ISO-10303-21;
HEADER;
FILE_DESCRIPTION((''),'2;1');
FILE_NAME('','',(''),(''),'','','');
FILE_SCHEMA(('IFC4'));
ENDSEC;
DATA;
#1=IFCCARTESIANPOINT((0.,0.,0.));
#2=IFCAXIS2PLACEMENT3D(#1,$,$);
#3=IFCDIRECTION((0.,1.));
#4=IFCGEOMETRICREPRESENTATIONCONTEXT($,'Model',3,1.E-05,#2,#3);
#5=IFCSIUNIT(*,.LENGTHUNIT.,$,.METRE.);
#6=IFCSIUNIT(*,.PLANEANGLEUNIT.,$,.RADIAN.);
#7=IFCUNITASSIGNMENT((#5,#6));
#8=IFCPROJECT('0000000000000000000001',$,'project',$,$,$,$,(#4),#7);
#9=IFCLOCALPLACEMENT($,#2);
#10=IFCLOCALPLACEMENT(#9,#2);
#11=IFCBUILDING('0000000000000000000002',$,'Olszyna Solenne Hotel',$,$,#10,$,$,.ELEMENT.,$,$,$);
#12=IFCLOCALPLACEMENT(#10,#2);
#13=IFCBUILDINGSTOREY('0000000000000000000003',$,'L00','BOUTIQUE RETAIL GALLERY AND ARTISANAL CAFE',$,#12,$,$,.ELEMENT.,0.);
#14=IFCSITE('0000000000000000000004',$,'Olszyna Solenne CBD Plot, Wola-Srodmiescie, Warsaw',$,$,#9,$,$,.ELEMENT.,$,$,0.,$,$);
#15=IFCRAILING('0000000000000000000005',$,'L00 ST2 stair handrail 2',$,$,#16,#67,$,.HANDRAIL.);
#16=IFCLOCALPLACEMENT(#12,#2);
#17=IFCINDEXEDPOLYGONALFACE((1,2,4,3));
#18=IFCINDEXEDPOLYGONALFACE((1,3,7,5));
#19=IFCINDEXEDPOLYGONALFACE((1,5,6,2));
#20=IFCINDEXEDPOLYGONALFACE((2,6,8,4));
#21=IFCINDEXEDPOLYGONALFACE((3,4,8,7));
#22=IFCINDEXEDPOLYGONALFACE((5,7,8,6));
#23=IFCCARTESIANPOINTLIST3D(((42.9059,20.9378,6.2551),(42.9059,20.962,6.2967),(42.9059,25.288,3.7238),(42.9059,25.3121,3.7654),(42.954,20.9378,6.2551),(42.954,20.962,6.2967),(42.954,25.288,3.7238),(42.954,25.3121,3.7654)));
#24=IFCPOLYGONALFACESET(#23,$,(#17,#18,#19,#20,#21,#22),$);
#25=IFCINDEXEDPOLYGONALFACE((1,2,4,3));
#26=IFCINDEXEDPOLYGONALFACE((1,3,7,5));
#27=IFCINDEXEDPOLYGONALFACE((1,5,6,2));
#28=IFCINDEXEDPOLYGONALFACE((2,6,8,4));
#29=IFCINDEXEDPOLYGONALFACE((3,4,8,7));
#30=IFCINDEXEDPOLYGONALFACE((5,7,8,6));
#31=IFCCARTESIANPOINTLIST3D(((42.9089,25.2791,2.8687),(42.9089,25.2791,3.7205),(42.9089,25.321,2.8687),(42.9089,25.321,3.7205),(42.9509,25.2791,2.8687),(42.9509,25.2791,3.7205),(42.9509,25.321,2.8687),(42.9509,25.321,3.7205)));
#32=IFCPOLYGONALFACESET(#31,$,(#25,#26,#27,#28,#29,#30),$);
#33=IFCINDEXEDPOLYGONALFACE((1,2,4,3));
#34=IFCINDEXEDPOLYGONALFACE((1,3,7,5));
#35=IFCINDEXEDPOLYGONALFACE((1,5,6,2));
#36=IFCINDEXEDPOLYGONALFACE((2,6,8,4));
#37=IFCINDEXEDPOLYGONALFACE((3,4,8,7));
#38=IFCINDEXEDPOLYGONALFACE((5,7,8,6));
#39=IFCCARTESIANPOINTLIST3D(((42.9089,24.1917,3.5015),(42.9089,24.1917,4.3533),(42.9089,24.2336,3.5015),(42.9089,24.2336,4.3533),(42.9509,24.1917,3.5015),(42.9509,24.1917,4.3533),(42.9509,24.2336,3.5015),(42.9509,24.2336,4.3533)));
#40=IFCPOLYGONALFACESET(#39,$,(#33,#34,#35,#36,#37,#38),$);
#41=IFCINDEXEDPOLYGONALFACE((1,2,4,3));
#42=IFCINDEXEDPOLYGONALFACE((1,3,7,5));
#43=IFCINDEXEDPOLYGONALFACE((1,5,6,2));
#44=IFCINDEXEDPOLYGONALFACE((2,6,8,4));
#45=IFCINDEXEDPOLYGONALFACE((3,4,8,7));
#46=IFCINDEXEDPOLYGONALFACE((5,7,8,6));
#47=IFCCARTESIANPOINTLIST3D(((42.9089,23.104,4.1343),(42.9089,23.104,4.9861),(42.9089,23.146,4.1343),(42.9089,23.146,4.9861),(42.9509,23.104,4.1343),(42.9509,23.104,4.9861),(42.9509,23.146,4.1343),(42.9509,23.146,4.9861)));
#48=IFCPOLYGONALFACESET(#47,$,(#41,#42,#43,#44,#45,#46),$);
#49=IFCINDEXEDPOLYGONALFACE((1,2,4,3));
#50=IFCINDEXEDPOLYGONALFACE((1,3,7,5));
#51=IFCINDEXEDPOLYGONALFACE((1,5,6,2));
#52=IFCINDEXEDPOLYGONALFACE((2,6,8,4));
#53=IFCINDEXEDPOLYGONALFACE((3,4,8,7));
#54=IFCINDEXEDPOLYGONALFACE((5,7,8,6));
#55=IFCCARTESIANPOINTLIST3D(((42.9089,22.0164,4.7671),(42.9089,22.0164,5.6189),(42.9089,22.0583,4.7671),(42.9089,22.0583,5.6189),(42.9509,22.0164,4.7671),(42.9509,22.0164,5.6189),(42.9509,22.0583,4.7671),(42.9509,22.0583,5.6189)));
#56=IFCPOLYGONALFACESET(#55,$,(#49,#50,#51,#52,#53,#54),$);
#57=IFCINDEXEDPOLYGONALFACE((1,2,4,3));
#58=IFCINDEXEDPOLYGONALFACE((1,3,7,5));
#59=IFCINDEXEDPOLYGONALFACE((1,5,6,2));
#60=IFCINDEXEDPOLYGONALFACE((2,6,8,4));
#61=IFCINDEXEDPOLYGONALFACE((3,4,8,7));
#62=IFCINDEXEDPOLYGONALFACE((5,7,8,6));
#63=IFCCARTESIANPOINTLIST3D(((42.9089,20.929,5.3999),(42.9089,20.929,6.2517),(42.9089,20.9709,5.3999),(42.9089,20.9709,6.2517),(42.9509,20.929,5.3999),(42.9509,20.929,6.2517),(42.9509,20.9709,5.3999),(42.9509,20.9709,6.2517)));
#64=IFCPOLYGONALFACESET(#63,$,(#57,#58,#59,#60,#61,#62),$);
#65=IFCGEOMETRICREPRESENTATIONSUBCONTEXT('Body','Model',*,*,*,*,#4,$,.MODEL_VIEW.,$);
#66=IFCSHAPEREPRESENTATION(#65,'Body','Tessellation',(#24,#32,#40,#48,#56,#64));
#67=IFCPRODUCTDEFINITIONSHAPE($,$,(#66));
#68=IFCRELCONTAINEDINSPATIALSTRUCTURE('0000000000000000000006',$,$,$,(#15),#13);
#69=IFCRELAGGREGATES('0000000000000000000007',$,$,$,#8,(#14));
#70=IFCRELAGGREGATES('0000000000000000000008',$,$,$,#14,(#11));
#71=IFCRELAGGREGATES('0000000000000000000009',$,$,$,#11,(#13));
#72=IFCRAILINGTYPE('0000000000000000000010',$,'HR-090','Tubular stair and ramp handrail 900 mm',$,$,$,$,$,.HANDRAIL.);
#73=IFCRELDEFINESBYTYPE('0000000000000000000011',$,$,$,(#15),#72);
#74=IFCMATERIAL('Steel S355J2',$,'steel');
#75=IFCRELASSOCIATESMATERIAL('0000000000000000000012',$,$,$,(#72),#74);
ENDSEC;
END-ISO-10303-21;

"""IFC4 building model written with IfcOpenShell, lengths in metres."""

from ifc_helpers import new_model, si_unit, direction, frame, origin, origin_2d, place, context, subcontext, project, spatial, rectangle, extrude, material, type_object, element, save


model = new_model("IFC4")

# Units and contexts
model_context = context("Model", 3, precision=1e-05, world=origin(), true_north=direction((0.0, 1.0)))
body_context = subcontext(model_context, "Body", "Model", "MODEL_VIEW")
ifc_project = project(units=[si_unit("LENGTHUNIT", "METRE"), si_unit("PLANEANGLEUNIT", "RADIAN")], contexts=[model_context])

# Site, building, storey
site_placement = place(None, origin())
site = spatial("IfcSite", under=ifc_project, at=site_placement, Name="Olszyna Solenne CBD Plot, Wola-Srodmiescie, Warsaw", CompositionType="ELEMENT", RefElevation=0.0)
building_placement = place(site_placement, origin())
building = spatial("IfcBuilding", under=site, at=building_placement, Name="Olszyna Solenne Hotel", CompositionType="ELEMENT")
storey_placement = place(building_placement, origin())
storey = spatial("IfcBuildingStorey", under=building, at=storey_placement, Name="L00", Description="BOUTIQUE RETAIL GALLERY AND ARTISANAL CAFE", CompositionType="ELEMENT", Elevation=0.0)

# Shared definitions
ifc_material_1 = material(Name="Steel S355J2", Category="steel")

# Railing
railing_type_1 = type_object("IfcRailingType", Name="HR-090", Description="Tubular stair and ramp handrail 900 mm", PredefinedType="HANDRAIL", material=ifc_material_1)
railing_1_placement = place(storey_placement, frame((42.9299, 25.3, 2.8687)))
element("IfcRailing", 1, at=railing_1_placement, inside=storey, type_object=railing_type_1, Name="L00 ST2 stair handrail 2", PredefinedType="HANDRAIL", context=body_context, shape_type="SweptSolid", body=[
    extrude(rectangle(XDim=0.0481, YDim=0.0481, at=origin_2d()), frame((0.0, 0.0, 0.876), z_axis=(0.0, -0.864324, 0.502936), x_axis=(1.0, 0.0, 0.0)), (0.0, 0.0, 1.0), 5.033),
    extrude(rectangle(XDim=0.042, YDim=0.042, at=origin_2d()), origin(), (0.0, 0.0, 1.0), 0.8518),
    extrude(rectangle(XDim=0.042, YDim=0.042, at=origin_2d()), frame((0.0, -1.0874, 0.6328)), (0.0, 0.0, 1.0), 0.8518),
    extrude(rectangle(XDim=0.042, YDim=0.042, at=origin_2d()), frame((0.0, -2.175, 1.2656)), (0.0, 0.0, 1.0), 0.8518),
    extrude(rectangle(XDim=0.042, YDim=0.042, at=origin_2d()), frame((0.0, -3.2627, 1.8984)), (0.0, 0.0, 1.0), 0.8518),
    extrude(rectangle(XDim=0.042, YDim=0.042, at=origin_2d()), frame((0.0, -4.3501, 2.5312)), (0.0, 0.0, 1.0), 0.8518),
])

save(model, "model.ifc")
